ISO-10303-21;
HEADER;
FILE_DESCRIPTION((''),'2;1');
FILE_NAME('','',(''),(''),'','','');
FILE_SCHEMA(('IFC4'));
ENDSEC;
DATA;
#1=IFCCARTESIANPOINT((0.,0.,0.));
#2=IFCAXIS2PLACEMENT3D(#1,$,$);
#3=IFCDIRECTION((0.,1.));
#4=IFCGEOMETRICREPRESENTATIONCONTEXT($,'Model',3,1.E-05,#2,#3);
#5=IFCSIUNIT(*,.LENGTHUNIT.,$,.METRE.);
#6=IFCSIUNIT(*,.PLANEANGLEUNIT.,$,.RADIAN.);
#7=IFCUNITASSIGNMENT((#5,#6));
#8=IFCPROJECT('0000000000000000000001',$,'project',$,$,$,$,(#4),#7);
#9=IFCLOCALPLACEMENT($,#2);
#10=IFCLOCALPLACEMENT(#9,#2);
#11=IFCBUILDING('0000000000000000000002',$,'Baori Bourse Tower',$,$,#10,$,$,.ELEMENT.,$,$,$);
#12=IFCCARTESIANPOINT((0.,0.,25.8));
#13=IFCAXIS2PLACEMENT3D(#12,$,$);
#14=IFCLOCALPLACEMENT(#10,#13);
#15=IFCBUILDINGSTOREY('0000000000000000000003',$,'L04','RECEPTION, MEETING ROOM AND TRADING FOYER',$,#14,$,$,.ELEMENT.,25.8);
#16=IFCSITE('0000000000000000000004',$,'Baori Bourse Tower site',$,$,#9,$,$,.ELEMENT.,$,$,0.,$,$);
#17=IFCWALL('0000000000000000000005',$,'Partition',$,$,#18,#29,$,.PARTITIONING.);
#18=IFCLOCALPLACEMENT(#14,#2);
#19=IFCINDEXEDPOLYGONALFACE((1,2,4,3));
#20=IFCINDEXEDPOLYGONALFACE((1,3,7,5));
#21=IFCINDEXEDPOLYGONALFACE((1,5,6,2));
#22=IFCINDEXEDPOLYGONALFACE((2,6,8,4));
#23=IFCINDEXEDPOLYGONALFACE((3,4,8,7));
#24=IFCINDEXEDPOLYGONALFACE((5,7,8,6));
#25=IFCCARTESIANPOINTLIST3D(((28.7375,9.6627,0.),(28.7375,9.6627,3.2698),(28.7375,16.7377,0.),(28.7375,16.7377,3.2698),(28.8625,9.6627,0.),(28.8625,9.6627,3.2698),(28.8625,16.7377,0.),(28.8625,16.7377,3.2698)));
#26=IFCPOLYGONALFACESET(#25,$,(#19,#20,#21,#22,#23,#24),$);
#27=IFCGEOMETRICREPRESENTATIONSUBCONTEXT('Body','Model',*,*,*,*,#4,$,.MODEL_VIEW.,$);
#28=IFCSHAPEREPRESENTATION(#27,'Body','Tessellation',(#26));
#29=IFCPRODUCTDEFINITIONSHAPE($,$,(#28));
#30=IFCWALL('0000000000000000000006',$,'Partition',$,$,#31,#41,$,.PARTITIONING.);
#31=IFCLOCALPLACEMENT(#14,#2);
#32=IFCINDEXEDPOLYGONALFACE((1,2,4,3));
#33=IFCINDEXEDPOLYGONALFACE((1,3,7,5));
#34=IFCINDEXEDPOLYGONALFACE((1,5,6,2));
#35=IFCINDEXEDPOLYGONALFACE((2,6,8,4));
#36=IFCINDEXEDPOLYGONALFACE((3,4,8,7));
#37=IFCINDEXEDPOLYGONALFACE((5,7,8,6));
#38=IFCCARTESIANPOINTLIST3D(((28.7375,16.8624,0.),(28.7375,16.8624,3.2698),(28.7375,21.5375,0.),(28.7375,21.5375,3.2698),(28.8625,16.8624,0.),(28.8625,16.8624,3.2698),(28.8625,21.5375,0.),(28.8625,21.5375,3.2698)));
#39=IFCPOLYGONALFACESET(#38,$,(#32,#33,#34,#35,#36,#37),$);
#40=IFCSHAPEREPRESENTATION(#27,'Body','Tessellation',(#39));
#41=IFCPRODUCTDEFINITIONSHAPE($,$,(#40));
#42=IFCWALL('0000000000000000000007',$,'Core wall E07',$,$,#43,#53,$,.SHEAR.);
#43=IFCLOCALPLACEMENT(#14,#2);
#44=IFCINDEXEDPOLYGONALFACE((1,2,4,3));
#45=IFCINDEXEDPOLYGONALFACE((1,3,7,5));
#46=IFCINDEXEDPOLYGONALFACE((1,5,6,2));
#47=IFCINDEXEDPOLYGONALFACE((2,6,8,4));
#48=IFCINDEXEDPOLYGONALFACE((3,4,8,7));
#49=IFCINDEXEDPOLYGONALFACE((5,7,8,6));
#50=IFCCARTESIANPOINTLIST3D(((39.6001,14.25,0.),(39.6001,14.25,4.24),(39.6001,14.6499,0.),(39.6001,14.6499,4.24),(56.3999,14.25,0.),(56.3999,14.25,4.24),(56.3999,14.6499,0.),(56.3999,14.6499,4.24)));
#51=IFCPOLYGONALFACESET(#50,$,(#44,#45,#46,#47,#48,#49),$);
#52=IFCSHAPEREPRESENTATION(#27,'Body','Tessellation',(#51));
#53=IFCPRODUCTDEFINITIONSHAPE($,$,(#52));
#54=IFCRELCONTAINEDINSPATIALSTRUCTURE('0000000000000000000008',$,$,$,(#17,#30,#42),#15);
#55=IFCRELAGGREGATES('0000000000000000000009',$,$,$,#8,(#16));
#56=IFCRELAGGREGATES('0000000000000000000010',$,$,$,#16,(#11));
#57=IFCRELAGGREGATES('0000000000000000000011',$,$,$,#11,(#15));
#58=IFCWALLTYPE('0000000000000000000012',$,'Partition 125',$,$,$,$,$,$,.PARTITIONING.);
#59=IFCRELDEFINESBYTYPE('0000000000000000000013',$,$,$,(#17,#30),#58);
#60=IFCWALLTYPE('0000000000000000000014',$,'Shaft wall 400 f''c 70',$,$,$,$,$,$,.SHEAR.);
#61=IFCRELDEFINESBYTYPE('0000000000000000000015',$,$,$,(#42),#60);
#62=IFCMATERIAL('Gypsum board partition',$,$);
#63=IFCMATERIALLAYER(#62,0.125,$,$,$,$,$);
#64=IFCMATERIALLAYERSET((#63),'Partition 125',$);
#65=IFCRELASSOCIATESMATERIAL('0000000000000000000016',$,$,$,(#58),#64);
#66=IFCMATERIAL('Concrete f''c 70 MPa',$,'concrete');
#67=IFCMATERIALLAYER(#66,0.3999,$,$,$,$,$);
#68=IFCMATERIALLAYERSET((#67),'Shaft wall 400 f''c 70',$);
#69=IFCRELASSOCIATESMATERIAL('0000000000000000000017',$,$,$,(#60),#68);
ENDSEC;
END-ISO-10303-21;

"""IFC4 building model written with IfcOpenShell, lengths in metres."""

from ifc_helpers import new_model, si_unit, direction, frame, frame_2d, origin, place, context, subcontext, project, spatial, rectangle, extrude, material, layer, layer_set, type_object, element, save


model = new_model("IFC4")

# Units and contexts
model_context = context("Model", 3, precision=1e-05, world=origin(), true_north=direction((0.0, 1.0)))
body_context = subcontext(model_context, "Body", "Model", "MODEL_VIEW")
ifc_project = project(units=[si_unit("LENGTHUNIT", "METRE"), si_unit("PLANEANGLEUNIT", "RADIAN")], contexts=[model_context])

# Site, building, storey
site_placement = place(None, origin())
site = spatial("IfcSite", under=ifc_project, at=site_placement, Name="Baori Bourse Tower site", CompositionType="ELEMENT", RefElevation=0.0)
building_placement = place(site_placement, origin())
building = spatial("IfcBuilding", under=site, at=building_placement, Name="Baori Bourse Tower", CompositionType="ELEMENT")
storey_placement = place(building_placement, frame((0.0, 0.0, 25.8)))
storey = spatial("IfcBuildingStorey", under=building, at=storey_placement, Name="L04", Description="RECEPTION, MEETING ROOM AND TRADING FOYER", CompositionType="ELEMENT", Elevation=25.8)

# Walls
ifc_material_1 = material(Name="Gypsum board partition")
ifc_layer_1 = layer(ifc_material_1, 0.125)
ifc_layer_set_1 = layer_set([ifc_layer_1], Name="Partition 125")
wall_type_1 = type_object("IfcWallType", Name="Partition 125", PredefinedType="PARTITIONING", material=ifc_layer_set_1)
wall_1_placement = place(storey_placement, frame((28.8, 9.6626, 0.0), z_axis=(0.0, 0.0, 1.0), x_axis=(0.0, 1.0, 0.0)))
element("IfcWall", 1, at=wall_1_placement, inside=storey, type_object=wall_type_1, Name="Partition", PredefinedType="PARTITIONING", context=body_context, shape_type="SweptSolid", body=[
    extrude(rectangle(XDim=7.075, YDim=0.125, at=frame_2d((3.5376, 0.0))), origin(), (0.0, 0.0, 1.0), 3.2698),
])
wall_2_placement = place(storey_placement, frame((28.8, 16.8625, 0.0), z_axis=(0.0, 0.0, 1.0), x_axis=(0.0, 1.0, 0.0)))
element("IfcWall", 2, at=wall_2_placement, inside=storey, type_object=wall_type_1, Name="Partition", PredefinedType="PARTITIONING", context=body_context, shape_type="SweptSolid", body=[
    extrude(rectangle(XDim=4.675, YDim=0.125, at=frame_2d((2.3374, 0.0))), origin(), (0.0, 0.0, 1.0), 3.2698),
])
ifc_material_2 = material(Name="Concrete f'c 70 MPa", Category="concrete")
ifc_layer_2 = layer(ifc_material_2, 0.3999)
ifc_layer_set_2 = layer_set([ifc_layer_2], Name="Shaft wall 400 f'c 70")
wall_type_2 = type_object("IfcWallType", Name="Shaft wall 400 f'c 70", PredefinedType="SHEAR", material=ifc_layer_set_2)
wall_3_placement = place(storey_placement, frame((39.6001, 14.45, 0.0), z_axis=(0.0, 0.0, 1.0), x_axis=(1.0, 0.0, 0.0)))
element("IfcWall", 3, at=wall_3_placement, inside=storey, type_object=wall_type_2, Name="Core wall E07", PredefinedType="SHEAR", context=body_context, shape_type="SweptSolid", body=[
    extrude(rectangle(XDim=16.7998, YDim=0.3999, at=frame_2d((8.3999, 0.0))), origin(), (0.0, 0.0, 1.0), 4.24),
])

save(model, "model.ifc")
